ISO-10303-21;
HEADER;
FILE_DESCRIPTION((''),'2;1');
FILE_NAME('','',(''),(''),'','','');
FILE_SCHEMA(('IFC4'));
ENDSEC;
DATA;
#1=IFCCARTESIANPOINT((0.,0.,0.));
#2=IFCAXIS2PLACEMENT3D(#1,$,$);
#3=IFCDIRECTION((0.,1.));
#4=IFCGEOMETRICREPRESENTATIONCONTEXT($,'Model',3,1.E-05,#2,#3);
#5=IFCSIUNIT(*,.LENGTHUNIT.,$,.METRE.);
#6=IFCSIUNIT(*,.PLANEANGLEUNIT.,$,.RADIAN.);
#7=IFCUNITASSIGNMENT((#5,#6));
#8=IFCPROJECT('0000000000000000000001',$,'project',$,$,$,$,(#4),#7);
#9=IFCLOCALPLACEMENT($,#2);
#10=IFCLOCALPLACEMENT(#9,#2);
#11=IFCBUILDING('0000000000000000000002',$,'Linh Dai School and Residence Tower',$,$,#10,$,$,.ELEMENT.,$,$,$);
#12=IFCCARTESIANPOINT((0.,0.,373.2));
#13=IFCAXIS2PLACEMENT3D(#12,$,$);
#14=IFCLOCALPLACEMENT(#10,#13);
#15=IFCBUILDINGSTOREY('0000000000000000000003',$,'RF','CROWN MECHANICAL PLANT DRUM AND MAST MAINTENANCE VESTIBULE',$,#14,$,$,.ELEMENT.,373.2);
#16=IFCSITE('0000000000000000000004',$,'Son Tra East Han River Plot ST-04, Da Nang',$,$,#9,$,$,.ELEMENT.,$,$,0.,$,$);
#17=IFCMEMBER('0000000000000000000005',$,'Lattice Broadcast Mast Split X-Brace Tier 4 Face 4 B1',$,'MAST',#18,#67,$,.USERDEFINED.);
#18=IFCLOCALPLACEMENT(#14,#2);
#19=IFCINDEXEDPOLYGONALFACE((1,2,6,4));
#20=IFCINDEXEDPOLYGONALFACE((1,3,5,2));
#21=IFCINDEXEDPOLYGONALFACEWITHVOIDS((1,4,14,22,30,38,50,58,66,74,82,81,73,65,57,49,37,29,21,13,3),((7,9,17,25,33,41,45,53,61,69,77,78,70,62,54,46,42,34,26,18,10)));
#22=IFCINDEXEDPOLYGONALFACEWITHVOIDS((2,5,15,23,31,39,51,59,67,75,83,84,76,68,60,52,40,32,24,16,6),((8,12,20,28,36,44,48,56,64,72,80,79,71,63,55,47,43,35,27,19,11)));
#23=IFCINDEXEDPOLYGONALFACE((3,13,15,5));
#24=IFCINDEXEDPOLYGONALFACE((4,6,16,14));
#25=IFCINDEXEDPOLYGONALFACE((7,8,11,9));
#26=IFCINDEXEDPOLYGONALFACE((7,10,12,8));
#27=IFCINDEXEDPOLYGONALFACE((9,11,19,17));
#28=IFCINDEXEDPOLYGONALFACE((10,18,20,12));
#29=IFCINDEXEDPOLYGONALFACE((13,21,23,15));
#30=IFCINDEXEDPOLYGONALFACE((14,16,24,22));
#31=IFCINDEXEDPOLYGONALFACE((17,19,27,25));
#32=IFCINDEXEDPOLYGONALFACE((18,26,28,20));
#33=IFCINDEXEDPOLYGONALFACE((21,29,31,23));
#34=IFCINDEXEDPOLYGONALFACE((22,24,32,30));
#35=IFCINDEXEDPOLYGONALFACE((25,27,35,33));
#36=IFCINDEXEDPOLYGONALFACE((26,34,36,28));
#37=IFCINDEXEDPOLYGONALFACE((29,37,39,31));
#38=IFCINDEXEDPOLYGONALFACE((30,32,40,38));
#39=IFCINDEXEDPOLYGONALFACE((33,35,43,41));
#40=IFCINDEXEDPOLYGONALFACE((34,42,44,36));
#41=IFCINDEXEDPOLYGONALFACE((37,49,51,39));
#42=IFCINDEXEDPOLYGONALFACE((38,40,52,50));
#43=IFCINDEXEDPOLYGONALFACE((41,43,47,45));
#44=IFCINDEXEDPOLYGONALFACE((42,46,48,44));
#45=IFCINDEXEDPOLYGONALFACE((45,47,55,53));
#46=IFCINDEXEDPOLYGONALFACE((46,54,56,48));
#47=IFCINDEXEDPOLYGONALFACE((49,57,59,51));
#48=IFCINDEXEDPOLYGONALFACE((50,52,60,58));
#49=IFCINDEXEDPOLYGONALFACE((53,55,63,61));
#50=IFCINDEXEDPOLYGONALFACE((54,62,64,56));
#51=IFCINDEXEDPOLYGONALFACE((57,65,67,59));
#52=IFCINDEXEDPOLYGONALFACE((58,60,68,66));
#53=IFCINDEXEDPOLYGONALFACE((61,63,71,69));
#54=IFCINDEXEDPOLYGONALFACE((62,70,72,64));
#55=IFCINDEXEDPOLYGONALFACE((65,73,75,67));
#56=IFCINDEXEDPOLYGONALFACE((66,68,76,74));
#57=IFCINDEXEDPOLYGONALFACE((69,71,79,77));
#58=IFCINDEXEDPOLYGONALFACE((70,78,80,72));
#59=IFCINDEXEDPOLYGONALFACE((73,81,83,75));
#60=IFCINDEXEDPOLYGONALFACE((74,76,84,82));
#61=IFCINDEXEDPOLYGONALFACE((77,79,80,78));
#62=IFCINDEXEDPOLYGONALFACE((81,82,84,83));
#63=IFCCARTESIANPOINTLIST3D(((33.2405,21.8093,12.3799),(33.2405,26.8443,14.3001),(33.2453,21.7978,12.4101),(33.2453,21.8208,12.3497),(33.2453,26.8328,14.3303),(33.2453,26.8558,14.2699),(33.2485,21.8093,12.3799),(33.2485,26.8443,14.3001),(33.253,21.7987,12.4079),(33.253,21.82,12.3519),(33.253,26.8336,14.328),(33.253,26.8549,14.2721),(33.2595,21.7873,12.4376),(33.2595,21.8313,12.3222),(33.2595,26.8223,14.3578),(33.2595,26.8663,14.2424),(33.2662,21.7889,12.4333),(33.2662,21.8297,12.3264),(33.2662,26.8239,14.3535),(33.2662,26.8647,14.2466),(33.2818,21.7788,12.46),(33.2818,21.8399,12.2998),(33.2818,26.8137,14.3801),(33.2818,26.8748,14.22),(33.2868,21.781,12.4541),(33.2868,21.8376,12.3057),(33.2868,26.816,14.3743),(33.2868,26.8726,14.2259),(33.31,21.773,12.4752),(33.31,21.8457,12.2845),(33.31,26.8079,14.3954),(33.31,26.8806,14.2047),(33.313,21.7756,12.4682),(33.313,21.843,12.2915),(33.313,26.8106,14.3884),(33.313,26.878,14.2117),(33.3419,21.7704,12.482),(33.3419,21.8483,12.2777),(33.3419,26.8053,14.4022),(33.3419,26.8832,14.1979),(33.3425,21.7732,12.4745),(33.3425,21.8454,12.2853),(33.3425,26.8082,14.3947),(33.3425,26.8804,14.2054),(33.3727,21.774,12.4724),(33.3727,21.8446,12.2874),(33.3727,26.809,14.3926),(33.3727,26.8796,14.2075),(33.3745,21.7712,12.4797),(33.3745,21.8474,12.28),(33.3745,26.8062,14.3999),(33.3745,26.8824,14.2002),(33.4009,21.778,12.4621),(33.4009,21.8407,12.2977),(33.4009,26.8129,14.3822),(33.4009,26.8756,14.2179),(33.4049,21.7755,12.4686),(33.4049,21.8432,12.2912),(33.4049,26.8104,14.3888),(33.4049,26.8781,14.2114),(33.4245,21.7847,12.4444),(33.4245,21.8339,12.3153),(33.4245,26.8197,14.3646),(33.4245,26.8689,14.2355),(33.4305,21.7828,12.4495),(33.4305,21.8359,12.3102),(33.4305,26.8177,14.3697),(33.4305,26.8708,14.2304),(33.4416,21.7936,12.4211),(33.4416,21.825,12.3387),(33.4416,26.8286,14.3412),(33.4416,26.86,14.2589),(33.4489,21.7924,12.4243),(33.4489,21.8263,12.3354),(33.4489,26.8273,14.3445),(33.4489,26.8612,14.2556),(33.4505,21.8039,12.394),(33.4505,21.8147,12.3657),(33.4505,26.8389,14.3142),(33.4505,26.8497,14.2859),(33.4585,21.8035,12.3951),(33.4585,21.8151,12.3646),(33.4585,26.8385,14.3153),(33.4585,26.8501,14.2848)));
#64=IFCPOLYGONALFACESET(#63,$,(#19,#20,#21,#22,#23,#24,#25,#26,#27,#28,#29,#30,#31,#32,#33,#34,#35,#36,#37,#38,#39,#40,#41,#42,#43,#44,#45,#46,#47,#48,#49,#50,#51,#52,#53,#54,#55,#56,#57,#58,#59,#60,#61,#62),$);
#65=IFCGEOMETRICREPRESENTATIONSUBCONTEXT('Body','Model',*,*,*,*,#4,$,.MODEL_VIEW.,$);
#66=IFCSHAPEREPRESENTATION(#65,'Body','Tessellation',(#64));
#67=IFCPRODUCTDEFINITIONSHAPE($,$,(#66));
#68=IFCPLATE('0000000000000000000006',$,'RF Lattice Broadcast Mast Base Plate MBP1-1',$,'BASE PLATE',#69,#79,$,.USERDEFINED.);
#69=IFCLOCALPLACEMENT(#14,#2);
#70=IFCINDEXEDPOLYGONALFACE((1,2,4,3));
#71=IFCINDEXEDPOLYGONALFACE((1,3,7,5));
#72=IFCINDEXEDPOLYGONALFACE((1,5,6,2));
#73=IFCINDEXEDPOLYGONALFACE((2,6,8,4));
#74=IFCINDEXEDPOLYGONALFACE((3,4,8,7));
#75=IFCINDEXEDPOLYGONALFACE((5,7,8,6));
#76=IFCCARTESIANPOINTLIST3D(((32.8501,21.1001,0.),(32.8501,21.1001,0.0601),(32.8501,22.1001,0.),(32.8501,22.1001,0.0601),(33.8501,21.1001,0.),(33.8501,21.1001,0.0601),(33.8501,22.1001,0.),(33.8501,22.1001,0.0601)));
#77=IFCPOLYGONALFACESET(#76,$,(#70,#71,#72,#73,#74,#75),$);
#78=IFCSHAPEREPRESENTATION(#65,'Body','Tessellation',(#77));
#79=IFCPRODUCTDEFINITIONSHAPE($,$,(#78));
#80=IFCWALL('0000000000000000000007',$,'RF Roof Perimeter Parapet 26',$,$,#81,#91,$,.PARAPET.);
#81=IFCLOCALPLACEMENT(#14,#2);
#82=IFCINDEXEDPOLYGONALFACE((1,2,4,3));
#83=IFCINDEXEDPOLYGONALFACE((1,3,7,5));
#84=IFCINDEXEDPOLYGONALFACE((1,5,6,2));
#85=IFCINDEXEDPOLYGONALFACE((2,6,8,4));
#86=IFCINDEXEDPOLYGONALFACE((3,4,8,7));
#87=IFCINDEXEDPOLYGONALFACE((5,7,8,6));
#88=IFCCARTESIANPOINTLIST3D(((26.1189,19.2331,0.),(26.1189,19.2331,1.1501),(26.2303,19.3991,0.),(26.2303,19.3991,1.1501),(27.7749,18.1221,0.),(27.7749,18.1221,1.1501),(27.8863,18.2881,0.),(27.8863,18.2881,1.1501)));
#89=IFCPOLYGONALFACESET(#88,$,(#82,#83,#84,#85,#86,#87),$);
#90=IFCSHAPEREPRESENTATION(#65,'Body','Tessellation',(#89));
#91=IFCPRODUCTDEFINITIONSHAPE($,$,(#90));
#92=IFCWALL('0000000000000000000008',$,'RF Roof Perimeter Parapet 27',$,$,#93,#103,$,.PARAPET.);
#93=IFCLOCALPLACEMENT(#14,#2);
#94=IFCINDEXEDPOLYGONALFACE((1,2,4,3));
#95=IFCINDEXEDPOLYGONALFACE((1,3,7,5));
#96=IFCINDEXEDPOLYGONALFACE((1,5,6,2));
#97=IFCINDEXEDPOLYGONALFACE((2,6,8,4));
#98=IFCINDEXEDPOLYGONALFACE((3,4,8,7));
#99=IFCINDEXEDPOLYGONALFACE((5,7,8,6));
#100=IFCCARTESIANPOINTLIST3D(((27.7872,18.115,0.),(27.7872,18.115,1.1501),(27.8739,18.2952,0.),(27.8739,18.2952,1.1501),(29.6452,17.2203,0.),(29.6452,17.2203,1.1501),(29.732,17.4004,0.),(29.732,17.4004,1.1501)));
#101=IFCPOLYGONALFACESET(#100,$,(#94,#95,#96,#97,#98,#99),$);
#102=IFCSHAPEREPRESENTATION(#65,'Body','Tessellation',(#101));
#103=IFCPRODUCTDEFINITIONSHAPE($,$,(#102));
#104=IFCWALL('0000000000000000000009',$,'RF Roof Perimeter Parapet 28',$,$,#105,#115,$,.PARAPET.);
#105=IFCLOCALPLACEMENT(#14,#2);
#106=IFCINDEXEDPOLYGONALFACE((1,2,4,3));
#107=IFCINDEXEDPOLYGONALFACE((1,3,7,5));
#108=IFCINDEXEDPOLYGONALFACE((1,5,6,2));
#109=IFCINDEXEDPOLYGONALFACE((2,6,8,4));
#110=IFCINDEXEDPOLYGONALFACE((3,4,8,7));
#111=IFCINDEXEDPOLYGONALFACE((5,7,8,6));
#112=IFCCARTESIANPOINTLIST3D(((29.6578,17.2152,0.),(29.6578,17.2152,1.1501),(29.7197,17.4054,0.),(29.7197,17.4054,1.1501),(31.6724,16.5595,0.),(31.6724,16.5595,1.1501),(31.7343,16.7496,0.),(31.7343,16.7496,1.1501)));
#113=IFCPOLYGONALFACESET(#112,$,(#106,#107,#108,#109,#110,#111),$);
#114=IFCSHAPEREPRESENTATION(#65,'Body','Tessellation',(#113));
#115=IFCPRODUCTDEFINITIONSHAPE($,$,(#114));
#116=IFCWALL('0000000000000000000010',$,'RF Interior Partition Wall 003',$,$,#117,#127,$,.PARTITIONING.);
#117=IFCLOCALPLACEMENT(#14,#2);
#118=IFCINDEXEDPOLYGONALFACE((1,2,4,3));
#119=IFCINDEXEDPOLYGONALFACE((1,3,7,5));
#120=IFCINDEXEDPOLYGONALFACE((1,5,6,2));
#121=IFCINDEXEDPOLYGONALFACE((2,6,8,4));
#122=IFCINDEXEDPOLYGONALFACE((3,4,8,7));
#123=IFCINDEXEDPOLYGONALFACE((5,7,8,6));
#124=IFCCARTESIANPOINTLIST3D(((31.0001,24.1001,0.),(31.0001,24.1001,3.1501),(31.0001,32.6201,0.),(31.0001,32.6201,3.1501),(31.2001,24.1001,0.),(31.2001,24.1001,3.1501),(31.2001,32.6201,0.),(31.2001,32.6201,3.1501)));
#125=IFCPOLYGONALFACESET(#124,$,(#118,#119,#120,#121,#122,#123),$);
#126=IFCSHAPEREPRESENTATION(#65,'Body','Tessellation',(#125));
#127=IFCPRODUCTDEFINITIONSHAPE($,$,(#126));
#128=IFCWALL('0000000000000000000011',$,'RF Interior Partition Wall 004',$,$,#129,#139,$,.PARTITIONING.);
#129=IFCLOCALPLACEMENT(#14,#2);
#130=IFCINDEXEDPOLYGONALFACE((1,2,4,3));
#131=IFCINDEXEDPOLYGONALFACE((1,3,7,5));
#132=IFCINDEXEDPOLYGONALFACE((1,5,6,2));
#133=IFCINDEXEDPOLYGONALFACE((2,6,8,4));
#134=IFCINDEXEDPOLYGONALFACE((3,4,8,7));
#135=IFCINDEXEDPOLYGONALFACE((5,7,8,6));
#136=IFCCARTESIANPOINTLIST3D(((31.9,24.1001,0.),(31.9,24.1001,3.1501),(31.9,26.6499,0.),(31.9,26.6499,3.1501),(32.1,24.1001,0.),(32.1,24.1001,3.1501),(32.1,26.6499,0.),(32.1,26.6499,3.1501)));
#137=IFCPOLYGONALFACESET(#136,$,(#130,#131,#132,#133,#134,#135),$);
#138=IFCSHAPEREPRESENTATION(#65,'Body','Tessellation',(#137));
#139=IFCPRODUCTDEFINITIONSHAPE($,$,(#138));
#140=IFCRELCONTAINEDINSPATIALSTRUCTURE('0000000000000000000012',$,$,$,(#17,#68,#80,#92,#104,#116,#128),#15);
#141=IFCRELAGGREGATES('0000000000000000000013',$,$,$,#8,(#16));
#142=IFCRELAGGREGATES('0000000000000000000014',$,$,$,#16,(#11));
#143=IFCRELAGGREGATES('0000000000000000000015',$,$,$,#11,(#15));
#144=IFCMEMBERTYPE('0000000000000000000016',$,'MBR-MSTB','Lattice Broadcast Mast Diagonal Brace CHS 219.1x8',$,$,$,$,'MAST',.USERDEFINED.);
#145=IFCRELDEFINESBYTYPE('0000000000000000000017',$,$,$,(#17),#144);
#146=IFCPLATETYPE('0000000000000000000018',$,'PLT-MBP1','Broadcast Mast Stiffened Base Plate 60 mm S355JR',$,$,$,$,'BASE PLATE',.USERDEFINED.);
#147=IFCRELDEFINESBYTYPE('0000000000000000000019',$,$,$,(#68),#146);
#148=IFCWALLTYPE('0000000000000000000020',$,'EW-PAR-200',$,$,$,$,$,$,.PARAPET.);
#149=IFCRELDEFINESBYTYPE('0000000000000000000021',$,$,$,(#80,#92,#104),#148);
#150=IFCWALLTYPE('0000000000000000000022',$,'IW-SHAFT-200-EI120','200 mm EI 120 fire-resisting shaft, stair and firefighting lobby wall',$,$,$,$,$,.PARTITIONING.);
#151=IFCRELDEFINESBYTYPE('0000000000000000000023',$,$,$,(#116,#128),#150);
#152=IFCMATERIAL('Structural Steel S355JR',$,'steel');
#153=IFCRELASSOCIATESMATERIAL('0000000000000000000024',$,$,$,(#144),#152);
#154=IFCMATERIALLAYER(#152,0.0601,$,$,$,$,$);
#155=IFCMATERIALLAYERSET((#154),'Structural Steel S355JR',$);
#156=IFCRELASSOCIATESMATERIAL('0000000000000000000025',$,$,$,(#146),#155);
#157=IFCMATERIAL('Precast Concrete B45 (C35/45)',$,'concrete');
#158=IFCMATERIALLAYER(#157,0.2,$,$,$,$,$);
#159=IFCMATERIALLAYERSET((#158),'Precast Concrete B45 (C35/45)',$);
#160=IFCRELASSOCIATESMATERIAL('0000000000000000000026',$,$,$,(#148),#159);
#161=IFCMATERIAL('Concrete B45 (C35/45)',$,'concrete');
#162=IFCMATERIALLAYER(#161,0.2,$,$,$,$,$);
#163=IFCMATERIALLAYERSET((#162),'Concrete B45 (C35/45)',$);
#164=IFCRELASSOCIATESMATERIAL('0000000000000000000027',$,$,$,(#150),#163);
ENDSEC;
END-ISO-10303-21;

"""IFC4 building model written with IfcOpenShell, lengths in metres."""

from ifc_helpers import new_model, si_unit, direction, frame, frame_2d, origin, origin_2d, place, context, subcontext, project, spatial, rectangle, hollow_circle, extrude, source, transform, mapped, material, layer, layer_set, material_profile, profile_set, type_object, element, save


model = new_model("IFC4")

# Units and contexts
model_context = context("Model", 3, precision=1e-05, world=origin(), true_north=direction((0.0, 1.0)))
body_context = subcontext(model_context, "Body", "Model", "MODEL_VIEW")
ifc_project = project(units=[si_unit("LENGTHUNIT", "METRE"), si_unit("PLANEANGLEUNIT", "RADIAN")], contexts=[model_context])

# Site, building, storey
site_placement = place(None, origin())
site = spatial("IfcSite", under=ifc_project, at=site_placement, Name="Son Tra East Han River Plot ST-04, Da Nang", CompositionType="ELEMENT", RefElevation=0.0)
building_placement = place(site_placement, origin())
building = spatial("IfcBuilding", under=site, at=building_placement, Name="Linh Dai School and Residence Tower", CompositionType="ELEMENT")
storey_placement = place(building_placement, frame((0.0, 0.0, 373.2)))
storey = spatial("IfcBuildingStorey", under=building, at=storey_placement, Name="RF", Description="CROWN MECHANICAL PLANT DRUM AND MAST MAINTENANCE VESTIBULE", CompositionType="ELEMENT", Elevation=373.2)

# Shared definitions
ifc_material_1 = material(Name="Structural Steel S355JR", Category="steel")

# Member
ifc_material_profile_1 = material_profile(ifc_material_1, hollow_circle(Radius=0.1096, WallThickness=0.0081, at=origin_2d()), Name="CHS 219.1x8")
ifc_profile_set_1 = profile_set([ifc_material_profile_1], Name="Structural Steel S355JR")
member_type = type_object("IfcMemberType", Name="MBR-MSTB", Description="Lattice Broadcast Mast Diagonal Brace CHS 219.1x8", ElementType="MAST", PredefinedType="USERDEFINED", material=ifc_profile_set_1)
for number, where, z_axis, x_axis, name in (
    (1, (33.3501, 21.8093, 12.3799), (0.0, 0.934358, 0.356336), (-1.0, 0.0, 0.0), "Lattice Broadcast Mast Split X-Brace Tier 4 Face 4 B1"),
):
    element("IfcMember", number, at=place(storey_placement, frame(where, z_axis=z_axis, x_axis=x_axis)), inside=storey, type_object=member_type, Name=name, ObjectType="MAST", PredefinedType="USERDEFINED", context=body_context, shape_type="SweptSolid", body=[
        extrude(hollow_circle(Radius=0.1096, WallThickness=0.0081, at=origin_2d()), origin(), (0.0, 0.0, 1.0), 5.3887),
    ])

# Plate
ifc_layer_1 = layer(ifc_material_1, 0.0601)
ifc_layer_set_1 = layer_set([ifc_layer_1], Name="Structural Steel S355JR")
plate_type = type_object("IfcPlateType", Name="PLT-MBP1", Description="Broadcast Mast Stiffened Base Plate 60 mm S355JR", ElementType="BASE PLATE", PredefinedType="USERDEFINED", material=ifc_layer_set_1)
shared_shape_1 = source(origin(), body_context, "Body", "SweptSolid", [
    extrude(rectangle(XDim=1.0, YDim=1.0, at=origin_2d()), origin(), (0.0, 0.0, 1.0), 0.0601),
])
plate_placement = place(storey_placement, frame((33.3501, 21.6001, 0.0), z_axis=(0.0, 0.0, 1.0), x_axis=(1.0, 0.0, 0.0)))
element("IfcPlate", 2, at=plate_placement, inside=storey, type_object=plate_type, Name="RF Lattice Broadcast Mast Base Plate MBP1-1", ObjectType="BASE PLATE", PredefinedType="USERDEFINED", context=body_context, shape_type="MappedRepresentation", body=[
    mapped(shared_shape_1, transform((0.0, 0.0, 0.0), x_axis=(1.0, 0.0, 0.0), y_axis=(0.0, 1.0, 0.0), z_axis=(0.0, 0.0, 1.0), scale=1.0)),
])

# Walls
ifc_material_2 = material(Name="Precast Concrete B45 (C35/45)", Category="concrete")
ifc_layer_2 = layer(ifc_material_2, 0.2)
ifc_layer_set_2 = layer_set([ifc_layer_2], Name="Precast Concrete B45 (C35/45)")
wall_type_1 = type_object("IfcWallType", Name="EW-PAR-200", PredefinedType="PARAPET", material=ifc_layer_set_2)
wall_1_placement = place(storey_placement, frame((27.8306, 18.2051, 0.0), z_axis=(0.0, 0.0, 1.0), x_axis=(-0.830408, 0.557156, 0.0)))
element("IfcWall", 3, at=wall_1_placement, inside=storey, type_object=wall_type_1, Name="RF Roof Perimeter Parapet 26", PredefinedType="PARAPET", context=body_context, shape_type="SweptSolid", body=[
    extrude(rectangle(XDim=1.9941, YDim=0.2, at=frame_2d((0.9971, 0.0))), origin(), (0.0, 0.0, 1.0), 1.1501),
])
wall_2_placement = place(storey_placement, frame((29.6887, 17.3103, 0.0), z_axis=(0.0, 0.0, 1.0), x_axis=(-0.900981, 0.433858, 0.0)))
element("IfcWall", 4, at=wall_2_placement, inside=storey, type_object=wall_type_1, Name="RF Roof Perimeter Parapet 27", PredefinedType="PARAPET", context=body_context, shape_type="SweptSolid", body=[
    extrude(rectangle(XDim=2.0623, YDim=0.2, at=frame_2d((1.0312, 0.0))), origin(), (0.0, 0.0, 1.0), 1.1501),
])
wall_3_placement = place(storey_placement, frame((31.7034, 16.6545, 0.0), z_axis=(0.0, 0.0, 1.0), x_axis=(-0.950895, 0.309513, 0.0)))
element("IfcWall", 5, at=wall_3_placement, inside=storey, type_object=wall_type_1, Name="RF Roof Perimeter Parapet 28", PredefinedType="PARAPET", context=body_context, shape_type="SweptSolid", body=[
    extrude(rectangle(XDim=2.1187, YDim=0.2, at=frame_2d((1.0593, 0.0))), origin(), (0.0, 0.0, 1.0), 1.1501),
])
ifc_material_3 = material(Name="Concrete B45 (C35/45)", Category="concrete")
ifc_layer_3 = layer(ifc_material_3, 0.2)
ifc_layer_set_3 = layer_set([ifc_layer_3], Name="Concrete B45 (C35/45)")
wall_type_2 = type_object("IfcWallType", Name="IW-SHAFT-200-EI120", Description="200 mm EI 120 fire-resisting shaft, stair and firefighting lobby wall", PredefinedType="PARTITIONING", material=ifc_layer_set_3)
wall_4_placement = place(storey_placement, frame((31.1001, 24.1001, 0.0), z_axis=(0.0, 0.0, 1.0), x_axis=(0.0, 1.0, 0.0)))
element("IfcWall", 6, at=wall_4_placement, inside=storey, type_object=wall_type_2, Name="RF Interior Partition Wall 003", PredefinedType="PARTITIONING", context=body_context, shape_type="SweptSolid", body=[
    extrude(rectangle(XDim=8.52, YDim=0.2, at=frame_2d((4.26, 0.0))), origin(), (0.0, 0.0, 1.0), 3.1501),
])
wall_5_placement = place(storey_placement, frame((32.0, 24.1001, 0.0), z_axis=(0.0, 0.0, 1.0), x_axis=(0.0, 1.0, 0.0)))
element("IfcWall", 7, at=wall_5_placement, inside=storey, type_object=wall_type_2, Name="RF Interior Partition Wall 004", PredefinedType="PARTITIONING", context=body_context, shape_type="SweptSolid", body=[
    extrude(rectangle(XDim=2.5498, YDim=0.2, at=frame_2d((1.2749, 0.0))), origin(), (0.0, 0.0, 1.0), 3.1501),
])

save(model, "model.ifc")
